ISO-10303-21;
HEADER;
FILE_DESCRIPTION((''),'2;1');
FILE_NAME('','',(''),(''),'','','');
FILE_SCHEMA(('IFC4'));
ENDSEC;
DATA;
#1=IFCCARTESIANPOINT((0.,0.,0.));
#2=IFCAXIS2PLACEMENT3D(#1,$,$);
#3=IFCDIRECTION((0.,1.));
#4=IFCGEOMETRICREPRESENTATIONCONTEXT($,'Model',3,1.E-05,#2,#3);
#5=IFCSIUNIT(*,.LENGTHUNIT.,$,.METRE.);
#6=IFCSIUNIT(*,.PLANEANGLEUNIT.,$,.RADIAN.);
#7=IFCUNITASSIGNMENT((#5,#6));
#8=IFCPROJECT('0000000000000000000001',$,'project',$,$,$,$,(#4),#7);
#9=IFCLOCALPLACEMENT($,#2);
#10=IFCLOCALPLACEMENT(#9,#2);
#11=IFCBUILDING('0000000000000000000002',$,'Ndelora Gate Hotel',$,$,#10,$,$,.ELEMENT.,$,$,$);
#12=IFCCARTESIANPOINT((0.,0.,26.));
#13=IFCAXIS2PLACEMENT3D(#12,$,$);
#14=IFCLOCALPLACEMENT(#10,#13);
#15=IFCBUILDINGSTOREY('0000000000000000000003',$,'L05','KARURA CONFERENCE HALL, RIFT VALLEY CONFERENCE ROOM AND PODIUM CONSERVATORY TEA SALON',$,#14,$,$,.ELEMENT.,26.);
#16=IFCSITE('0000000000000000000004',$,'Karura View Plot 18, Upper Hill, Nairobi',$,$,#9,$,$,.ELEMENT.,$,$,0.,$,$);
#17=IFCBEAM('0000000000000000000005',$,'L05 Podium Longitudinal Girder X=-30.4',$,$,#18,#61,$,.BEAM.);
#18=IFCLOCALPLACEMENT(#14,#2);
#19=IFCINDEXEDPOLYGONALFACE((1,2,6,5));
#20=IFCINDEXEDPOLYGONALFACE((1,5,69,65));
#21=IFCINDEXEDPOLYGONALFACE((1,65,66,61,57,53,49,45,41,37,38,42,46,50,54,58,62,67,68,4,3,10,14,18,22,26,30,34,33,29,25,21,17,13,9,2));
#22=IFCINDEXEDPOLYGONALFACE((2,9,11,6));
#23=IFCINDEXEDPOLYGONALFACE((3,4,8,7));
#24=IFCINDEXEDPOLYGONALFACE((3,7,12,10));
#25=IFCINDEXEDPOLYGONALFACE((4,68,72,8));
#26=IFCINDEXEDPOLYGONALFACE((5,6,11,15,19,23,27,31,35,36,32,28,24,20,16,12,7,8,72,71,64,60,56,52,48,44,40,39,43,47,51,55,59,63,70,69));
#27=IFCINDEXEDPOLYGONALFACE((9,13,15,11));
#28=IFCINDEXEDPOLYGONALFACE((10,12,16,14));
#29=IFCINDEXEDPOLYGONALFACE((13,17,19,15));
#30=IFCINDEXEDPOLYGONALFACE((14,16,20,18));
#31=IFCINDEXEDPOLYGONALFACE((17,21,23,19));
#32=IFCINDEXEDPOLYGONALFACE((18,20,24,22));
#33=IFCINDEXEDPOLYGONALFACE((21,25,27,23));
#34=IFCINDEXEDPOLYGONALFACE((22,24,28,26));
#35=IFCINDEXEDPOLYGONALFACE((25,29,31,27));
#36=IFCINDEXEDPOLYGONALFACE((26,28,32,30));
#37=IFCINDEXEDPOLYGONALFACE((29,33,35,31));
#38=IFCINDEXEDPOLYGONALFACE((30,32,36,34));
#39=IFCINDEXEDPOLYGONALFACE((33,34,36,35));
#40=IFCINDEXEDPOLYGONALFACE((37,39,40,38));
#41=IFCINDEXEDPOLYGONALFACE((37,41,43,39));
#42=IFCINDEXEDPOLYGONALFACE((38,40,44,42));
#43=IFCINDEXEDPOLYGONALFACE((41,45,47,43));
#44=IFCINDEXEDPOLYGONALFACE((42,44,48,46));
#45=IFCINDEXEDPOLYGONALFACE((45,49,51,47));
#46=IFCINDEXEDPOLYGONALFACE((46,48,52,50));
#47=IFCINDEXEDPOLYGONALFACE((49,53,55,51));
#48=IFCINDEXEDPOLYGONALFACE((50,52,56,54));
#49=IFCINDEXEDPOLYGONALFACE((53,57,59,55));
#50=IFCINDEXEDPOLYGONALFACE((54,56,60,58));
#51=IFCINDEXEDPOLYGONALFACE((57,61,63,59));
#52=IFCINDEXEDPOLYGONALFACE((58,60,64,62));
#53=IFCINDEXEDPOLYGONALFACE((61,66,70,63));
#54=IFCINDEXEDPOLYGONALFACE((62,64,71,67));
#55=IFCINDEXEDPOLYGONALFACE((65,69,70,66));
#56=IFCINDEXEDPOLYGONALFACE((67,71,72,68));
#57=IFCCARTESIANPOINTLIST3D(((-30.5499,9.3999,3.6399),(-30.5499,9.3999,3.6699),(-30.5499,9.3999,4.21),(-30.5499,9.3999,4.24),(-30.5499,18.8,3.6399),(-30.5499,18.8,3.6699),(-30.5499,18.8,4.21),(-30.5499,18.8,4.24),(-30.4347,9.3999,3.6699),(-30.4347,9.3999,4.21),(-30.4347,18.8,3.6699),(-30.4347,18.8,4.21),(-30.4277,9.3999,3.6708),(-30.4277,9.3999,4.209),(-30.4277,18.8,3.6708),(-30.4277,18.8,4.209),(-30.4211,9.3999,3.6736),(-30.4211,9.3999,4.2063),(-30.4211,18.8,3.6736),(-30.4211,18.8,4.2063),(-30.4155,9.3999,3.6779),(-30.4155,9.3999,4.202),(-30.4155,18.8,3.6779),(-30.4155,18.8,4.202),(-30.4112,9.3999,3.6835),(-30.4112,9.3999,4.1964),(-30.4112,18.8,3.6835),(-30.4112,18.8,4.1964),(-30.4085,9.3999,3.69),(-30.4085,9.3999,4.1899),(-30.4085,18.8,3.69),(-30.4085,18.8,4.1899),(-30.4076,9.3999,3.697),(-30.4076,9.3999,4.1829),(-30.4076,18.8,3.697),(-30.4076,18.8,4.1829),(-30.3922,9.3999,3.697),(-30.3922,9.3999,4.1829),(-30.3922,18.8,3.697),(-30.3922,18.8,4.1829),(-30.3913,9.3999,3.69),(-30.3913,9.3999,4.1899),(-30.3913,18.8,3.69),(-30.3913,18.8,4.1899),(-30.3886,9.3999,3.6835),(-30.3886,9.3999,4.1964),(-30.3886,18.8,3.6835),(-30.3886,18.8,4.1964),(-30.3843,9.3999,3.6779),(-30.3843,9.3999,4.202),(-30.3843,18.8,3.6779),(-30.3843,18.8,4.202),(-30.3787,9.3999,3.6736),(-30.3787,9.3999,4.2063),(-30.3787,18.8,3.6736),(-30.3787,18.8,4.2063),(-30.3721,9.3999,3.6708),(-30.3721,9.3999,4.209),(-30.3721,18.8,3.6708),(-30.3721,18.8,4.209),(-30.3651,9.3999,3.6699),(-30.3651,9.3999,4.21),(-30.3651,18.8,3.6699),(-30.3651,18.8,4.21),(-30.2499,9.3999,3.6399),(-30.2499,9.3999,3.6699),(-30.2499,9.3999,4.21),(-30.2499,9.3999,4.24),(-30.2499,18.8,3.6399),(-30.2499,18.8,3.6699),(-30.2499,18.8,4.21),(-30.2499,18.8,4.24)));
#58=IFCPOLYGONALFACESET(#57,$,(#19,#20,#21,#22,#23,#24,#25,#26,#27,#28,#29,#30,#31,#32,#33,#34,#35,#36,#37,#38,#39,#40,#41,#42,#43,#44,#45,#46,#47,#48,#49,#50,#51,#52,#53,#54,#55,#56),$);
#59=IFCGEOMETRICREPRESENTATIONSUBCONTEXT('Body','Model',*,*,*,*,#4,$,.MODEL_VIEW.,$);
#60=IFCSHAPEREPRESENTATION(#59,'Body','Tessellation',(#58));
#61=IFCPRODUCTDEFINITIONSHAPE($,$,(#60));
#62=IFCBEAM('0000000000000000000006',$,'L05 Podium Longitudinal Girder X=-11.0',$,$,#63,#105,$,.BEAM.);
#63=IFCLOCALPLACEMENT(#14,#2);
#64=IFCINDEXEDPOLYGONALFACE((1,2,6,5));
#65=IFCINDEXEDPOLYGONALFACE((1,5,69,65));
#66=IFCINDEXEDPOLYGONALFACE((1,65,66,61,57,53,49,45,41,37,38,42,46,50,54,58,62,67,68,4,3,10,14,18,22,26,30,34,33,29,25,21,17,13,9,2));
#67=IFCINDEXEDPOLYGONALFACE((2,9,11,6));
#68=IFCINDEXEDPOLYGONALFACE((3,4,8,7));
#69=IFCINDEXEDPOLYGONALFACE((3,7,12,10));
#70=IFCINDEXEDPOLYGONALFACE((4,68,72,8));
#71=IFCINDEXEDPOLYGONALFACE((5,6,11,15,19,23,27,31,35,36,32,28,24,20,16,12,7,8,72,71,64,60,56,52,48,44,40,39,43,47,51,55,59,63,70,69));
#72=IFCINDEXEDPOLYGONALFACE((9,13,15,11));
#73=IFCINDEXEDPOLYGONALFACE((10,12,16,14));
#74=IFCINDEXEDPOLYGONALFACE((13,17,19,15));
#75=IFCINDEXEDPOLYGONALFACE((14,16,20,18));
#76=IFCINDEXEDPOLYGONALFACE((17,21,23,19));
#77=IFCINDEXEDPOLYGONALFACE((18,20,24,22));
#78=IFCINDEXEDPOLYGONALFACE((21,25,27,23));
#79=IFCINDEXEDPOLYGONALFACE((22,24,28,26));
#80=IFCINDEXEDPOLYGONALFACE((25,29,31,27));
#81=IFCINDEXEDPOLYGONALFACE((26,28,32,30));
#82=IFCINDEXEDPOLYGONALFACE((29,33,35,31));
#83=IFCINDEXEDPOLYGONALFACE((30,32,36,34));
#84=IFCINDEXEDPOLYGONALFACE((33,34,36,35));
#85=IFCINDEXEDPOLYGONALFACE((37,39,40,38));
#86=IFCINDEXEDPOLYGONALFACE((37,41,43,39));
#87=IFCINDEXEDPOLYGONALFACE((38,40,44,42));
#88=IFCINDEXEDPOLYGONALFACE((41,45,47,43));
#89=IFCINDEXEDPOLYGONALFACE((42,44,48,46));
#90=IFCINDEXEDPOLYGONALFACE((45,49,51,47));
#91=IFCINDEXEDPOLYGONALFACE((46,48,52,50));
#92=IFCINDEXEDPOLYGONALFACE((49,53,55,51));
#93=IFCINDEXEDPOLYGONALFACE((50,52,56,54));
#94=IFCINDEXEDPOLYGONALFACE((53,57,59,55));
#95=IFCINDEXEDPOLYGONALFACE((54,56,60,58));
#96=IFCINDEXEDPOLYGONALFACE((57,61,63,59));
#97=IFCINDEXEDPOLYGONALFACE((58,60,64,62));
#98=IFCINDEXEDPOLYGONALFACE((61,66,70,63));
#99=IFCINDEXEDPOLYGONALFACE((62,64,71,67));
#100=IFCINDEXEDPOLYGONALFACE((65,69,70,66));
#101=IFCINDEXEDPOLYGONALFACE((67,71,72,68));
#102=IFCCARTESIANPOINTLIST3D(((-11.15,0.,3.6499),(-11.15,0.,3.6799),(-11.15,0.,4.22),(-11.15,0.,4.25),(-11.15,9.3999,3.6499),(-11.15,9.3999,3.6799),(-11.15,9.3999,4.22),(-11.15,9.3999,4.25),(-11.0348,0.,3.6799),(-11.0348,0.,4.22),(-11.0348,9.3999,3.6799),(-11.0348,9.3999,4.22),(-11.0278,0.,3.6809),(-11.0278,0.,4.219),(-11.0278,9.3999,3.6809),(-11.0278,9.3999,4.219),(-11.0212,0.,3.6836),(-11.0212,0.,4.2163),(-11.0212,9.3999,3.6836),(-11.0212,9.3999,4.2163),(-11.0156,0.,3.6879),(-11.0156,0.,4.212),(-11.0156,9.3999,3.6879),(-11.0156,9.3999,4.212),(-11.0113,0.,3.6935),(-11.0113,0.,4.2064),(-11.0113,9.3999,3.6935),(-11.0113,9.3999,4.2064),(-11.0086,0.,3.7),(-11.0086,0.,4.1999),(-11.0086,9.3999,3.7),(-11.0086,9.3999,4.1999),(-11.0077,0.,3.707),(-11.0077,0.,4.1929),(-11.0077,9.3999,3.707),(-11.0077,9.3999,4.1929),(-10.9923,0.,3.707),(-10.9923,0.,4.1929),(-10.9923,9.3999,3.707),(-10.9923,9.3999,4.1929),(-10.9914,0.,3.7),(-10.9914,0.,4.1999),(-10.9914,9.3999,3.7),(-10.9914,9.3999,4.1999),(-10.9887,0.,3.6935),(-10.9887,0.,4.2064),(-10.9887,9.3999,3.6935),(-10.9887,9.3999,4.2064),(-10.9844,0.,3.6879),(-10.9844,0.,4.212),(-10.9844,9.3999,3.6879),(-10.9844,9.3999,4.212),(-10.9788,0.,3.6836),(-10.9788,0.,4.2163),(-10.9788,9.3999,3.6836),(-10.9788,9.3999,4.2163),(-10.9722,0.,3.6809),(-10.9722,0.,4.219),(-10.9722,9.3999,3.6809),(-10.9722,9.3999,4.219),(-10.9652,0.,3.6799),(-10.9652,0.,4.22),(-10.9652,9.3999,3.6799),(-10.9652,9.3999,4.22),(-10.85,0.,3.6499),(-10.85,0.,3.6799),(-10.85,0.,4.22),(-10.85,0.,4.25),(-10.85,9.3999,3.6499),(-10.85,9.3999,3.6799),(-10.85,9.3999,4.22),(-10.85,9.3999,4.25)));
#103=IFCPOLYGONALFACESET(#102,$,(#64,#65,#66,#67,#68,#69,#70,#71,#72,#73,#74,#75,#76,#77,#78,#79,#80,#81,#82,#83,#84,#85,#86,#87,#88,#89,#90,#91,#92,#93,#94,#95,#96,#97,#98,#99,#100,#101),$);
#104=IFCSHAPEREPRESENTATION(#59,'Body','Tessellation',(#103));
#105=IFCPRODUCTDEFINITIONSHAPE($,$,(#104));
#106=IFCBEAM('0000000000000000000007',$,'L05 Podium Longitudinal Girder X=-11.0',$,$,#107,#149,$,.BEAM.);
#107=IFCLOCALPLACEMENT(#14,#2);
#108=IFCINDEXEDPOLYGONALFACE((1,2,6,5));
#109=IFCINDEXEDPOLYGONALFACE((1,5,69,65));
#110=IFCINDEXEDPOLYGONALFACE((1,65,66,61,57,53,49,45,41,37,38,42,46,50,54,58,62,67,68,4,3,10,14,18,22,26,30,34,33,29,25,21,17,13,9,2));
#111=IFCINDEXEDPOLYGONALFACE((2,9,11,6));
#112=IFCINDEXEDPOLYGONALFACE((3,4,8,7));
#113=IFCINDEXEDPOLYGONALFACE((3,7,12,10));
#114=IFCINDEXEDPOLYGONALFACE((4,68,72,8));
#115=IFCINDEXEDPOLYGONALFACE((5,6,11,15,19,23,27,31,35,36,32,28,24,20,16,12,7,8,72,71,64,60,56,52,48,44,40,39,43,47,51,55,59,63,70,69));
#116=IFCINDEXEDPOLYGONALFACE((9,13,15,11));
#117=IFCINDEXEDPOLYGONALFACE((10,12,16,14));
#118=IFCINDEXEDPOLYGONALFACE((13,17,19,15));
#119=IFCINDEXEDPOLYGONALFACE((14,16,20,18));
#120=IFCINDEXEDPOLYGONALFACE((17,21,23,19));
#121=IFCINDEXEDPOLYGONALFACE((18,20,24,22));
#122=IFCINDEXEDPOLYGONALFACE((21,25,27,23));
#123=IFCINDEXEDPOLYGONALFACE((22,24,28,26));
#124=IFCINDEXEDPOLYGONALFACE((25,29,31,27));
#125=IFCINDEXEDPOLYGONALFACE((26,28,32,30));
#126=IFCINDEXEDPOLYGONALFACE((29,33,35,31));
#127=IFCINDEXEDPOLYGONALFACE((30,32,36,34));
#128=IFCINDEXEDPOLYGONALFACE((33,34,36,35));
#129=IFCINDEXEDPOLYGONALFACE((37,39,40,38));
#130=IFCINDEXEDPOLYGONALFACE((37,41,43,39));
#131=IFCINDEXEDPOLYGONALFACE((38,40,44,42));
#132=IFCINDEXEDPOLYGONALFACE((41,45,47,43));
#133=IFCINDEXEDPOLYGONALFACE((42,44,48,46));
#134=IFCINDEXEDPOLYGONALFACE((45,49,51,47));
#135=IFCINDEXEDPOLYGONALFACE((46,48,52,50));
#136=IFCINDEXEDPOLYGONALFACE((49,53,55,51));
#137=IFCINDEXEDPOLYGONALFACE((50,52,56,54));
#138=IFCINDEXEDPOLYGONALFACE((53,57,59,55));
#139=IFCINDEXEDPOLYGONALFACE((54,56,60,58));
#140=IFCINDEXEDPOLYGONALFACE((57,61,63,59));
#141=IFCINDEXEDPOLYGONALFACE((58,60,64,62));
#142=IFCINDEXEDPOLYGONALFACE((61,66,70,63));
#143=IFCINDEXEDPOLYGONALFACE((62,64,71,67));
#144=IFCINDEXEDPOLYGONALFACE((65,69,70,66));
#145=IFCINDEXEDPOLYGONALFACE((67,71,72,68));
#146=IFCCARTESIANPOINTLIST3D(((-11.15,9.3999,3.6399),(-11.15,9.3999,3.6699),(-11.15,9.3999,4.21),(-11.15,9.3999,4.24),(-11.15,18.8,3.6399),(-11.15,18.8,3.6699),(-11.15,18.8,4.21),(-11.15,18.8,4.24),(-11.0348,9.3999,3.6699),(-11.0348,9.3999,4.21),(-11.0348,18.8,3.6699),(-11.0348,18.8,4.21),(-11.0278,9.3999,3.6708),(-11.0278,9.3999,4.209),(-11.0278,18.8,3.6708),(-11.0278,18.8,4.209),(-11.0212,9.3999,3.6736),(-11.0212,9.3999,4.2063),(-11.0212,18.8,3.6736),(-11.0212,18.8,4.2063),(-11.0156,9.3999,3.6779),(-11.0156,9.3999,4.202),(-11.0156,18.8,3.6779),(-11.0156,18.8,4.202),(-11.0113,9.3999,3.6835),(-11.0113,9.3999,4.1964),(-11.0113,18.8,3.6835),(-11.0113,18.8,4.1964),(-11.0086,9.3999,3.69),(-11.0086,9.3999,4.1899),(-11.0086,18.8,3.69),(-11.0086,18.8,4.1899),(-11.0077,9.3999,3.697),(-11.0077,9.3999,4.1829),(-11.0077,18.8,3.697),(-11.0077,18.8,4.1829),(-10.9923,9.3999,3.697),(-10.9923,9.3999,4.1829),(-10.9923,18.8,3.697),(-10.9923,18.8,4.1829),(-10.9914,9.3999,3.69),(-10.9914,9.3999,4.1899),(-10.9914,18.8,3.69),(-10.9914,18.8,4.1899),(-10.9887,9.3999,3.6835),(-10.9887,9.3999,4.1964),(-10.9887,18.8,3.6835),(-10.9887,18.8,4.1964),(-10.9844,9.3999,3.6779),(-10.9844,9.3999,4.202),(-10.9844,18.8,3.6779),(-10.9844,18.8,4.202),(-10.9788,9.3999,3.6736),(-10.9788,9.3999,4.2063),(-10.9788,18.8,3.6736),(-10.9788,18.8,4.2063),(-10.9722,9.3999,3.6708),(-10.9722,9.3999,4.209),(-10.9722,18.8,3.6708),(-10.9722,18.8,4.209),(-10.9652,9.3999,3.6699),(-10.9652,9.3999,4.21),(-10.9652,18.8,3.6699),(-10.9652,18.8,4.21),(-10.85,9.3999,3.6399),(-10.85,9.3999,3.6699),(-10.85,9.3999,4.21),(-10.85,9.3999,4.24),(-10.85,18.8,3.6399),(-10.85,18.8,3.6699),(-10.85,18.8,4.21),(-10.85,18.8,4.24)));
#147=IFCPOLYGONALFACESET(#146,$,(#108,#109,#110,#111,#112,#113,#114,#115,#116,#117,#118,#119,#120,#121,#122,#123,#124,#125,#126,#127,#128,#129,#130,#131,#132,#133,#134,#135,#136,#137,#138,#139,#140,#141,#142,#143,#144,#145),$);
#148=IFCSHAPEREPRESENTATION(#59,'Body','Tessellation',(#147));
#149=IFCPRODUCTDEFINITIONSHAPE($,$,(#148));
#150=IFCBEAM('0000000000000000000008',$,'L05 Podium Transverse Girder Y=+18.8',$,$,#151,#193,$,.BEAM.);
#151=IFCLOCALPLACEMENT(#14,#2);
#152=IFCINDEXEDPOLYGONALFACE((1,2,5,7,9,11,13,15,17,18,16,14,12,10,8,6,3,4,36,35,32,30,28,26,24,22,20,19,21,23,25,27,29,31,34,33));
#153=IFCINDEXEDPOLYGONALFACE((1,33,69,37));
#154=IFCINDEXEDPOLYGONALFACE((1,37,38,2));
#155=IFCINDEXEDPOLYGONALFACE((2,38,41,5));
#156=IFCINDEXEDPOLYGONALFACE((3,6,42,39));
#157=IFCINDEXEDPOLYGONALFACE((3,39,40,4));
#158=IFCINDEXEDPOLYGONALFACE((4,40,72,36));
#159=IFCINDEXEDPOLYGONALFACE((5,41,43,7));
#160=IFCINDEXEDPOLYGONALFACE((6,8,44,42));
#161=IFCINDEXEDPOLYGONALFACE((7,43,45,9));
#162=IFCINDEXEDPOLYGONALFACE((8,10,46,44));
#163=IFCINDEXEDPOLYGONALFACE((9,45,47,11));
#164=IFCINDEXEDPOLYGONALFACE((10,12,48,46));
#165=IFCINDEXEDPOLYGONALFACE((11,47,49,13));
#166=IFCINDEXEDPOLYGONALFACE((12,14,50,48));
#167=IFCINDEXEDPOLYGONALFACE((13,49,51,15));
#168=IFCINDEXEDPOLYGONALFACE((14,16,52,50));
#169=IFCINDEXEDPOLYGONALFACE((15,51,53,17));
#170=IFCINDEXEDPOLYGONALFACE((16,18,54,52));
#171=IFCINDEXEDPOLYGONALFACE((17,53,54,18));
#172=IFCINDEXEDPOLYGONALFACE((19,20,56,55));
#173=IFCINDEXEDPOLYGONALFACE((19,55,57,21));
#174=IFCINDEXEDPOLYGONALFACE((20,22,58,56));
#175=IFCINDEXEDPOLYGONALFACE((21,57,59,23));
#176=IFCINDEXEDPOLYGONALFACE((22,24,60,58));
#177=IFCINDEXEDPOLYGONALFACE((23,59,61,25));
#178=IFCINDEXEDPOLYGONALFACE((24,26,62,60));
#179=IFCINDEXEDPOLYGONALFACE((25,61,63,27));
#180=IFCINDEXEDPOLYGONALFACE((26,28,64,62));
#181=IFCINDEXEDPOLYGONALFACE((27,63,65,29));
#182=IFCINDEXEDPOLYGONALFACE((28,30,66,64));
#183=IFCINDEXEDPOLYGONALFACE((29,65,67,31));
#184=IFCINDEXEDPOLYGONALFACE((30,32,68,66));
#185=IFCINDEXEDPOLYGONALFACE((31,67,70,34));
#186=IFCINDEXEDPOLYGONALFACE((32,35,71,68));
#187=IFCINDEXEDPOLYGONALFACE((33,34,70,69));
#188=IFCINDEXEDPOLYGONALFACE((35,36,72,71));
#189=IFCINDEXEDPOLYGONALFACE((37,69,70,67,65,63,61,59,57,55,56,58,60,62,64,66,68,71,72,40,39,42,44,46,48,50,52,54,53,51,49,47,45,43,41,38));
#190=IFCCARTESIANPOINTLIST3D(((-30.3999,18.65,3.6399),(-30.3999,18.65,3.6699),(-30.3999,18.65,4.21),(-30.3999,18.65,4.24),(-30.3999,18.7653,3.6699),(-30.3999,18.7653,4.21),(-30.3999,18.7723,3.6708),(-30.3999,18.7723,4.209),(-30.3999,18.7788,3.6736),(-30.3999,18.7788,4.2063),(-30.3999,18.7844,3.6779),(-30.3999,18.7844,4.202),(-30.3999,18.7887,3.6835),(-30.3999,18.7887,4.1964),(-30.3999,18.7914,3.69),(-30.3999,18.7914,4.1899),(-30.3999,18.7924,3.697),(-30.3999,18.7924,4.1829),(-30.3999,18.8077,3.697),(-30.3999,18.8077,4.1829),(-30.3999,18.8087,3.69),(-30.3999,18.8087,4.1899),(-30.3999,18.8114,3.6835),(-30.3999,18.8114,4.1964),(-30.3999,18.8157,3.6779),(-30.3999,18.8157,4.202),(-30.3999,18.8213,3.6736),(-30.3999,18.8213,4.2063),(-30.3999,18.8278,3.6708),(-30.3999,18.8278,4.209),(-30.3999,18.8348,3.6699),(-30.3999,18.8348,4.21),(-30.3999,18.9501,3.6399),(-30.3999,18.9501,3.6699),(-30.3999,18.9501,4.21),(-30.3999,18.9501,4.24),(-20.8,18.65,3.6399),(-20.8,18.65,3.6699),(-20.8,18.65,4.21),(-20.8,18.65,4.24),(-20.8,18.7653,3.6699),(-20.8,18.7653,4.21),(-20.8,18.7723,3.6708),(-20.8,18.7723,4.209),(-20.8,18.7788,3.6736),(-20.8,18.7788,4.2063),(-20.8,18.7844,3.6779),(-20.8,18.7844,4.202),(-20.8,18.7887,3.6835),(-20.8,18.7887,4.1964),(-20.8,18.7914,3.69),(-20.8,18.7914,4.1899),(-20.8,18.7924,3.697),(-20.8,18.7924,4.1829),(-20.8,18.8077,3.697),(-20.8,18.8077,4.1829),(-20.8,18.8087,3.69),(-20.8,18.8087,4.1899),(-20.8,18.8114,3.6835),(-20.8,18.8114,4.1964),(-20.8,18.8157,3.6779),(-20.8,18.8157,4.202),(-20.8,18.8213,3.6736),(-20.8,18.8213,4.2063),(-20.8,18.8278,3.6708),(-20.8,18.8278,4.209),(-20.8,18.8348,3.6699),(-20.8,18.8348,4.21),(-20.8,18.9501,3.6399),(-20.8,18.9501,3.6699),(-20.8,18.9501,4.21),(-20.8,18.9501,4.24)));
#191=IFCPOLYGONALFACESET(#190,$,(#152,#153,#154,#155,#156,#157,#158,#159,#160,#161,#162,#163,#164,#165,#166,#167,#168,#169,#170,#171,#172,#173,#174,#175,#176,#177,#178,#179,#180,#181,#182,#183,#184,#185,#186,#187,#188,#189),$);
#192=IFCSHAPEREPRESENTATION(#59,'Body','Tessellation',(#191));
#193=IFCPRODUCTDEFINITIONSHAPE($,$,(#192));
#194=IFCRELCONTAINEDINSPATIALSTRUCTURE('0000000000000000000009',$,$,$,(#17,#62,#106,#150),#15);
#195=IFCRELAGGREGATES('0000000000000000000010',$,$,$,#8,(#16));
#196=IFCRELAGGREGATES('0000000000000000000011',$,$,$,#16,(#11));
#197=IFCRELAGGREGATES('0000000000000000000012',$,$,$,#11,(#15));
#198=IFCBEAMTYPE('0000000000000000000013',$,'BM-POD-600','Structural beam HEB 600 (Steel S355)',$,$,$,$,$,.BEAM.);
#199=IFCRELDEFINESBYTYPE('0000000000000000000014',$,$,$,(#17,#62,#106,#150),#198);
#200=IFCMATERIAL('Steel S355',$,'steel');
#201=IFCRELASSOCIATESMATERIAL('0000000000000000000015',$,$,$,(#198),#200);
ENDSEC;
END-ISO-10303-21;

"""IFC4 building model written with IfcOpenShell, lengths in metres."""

from ifc_helpers import new_model, si_unit, direction, frame, origin, origin_2d, place, context, subcontext, project, spatial, i_section, extrude, material, material_profile, profile_set, type_object, element, save


model = new_model("IFC4")

# Units and contexts
model_context = context("Model", 3, precision=1e-05, world=origin(), true_north=direction((0.0, 1.0)))
body_context = subcontext(model_context, "Body", "Model", "MODEL_VIEW")
ifc_project = project(units=[si_unit("LENGTHUNIT", "METRE"), si_unit("PLANEANGLEUNIT", "RADIAN")], contexts=[model_context])

# Site, building, storey
site_placement = place(None, origin())
site = spatial("IfcSite", under=ifc_project, at=site_placement, Name="Karura View Plot 18, Upper Hill, Nairobi", CompositionType="ELEMENT", RefElevation=0.0)
building_placement = place(site_placement, origin())
building = spatial("IfcBuilding", under=site, at=building_placement, Name="Ndelora Gate Hotel", CompositionType="ELEMENT")
storey_placement = place(building_placement, frame((0.0, 0.0, 26.0)))
storey = spatial("IfcBuildingStorey", under=building, at=storey_placement, Name="L05", Description="KARURA CONFERENCE HALL, RIFT VALLEY CONFERENCE ROOM AND PODIUM CONSERVATORY TEA SALON", CompositionType="ELEMENT", Elevation=26.0)

# Beams
ifc_material_1 = material(Name="Steel S355", Category="steel")
ifc_material_profile_1 = material_profile(ifc_material_1, i_section(OverallWidth=0.3, OverallDepth=0.6001, WebThickness=0.0154, FlangeThickness=0.03, FilletRadius=0.0271, at=origin_2d()), Name="HEB 600")
ifc_profile_set_1 = profile_set([ifc_material_profile_1], Name="Steel S355")
beam_type_1 = type_object("IfcBeamType", Name="BM-POD-600", Description="Structural beam HEB 600 (Steel S355)", PredefinedType="BEAM", material=ifc_profile_set_1)
beam_1_placement = place(storey_placement, frame((-30.3999, 9.3999, 3.9399), z_axis=(0.0, 1.0, 0.0), x_axis=(-1.0, 0.0, 0.0)))
element("IfcBeam", 1, at=beam_1_placement, inside=storey, type_object=beam_type_1, Name="L05 Podium Longitudinal Girder X=-30.4", PredefinedType="BEAM", context=body_context, shape_type="SweptSolid", body=[
    extrude(i_section(OverallWidth=0.3, OverallDepth=0.6001, WebThickness=0.0154, FlangeThickness=0.03, FilletRadius=0.0271, at=origin_2d()), origin(), (0.0, 0.0, 1.0), 9.4001),
])
beam_2_placement = place(storey_placement, frame((-11.0, 0.0, 3.95), z_axis=(0.0, 1.0, 0.0), x_axis=(-1.0, 0.0, 0.0)))
element("IfcBeam", 2, at=beam_2_placement, inside=storey, type_object=beam_type_1, Name="L05 Podium Longitudinal Girder X=-11.0", PredefinedType="BEAM", context=body_context, shape_type="SweptSolid", body=[
    extrude(i_section(OverallWidth=0.3, OverallDepth=0.6001, WebThickness=0.0154, FlangeThickness=0.03, FilletRadius=0.0271, at=origin_2d()), origin(), (0.0, 0.0, 1.0), 9.3999),
])
beam_3_placement = place(storey_placement, frame((-11.0, 9.3999, 3.9399), z_axis=(0.0, 1.0, 0.0), x_axis=(-1.0, 0.0, 0.0)))
element("IfcBeam", 3, at=beam_3_placement, inside=storey, type_object=beam_type_1, Name="L05 Podium Longitudinal Girder X=-11.0", PredefinedType="BEAM", context=body_context, shape_type="SweptSolid", body=[
    extrude(i_section(OverallWidth=0.3, OverallDepth=0.6001, WebThickness=0.0154, FlangeThickness=0.03, FilletRadius=0.0271, at=origin_2d()), origin(), (0.0, 0.0, 1.0), 9.4001),
])
beam_4_placement = place(storey_placement, frame((-30.3999, 18.8, 3.9399), z_axis=(1.0, 0.0, 0.0), x_axis=(0.0, 1.0, 0.0)))
element("IfcBeam", 4, at=beam_4_placement, inside=storey, type_object=beam_type_1, Name="L05 Podium Transverse Girder Y=+18.8", PredefinedType="BEAM", context=body_context, shape_type="SweptSolid", body=[
    extrude(i_section(OverallWidth=0.3, OverallDepth=0.6001, WebThickness=0.0154, FlangeThickness=0.03, FilletRadius=0.0271, at=origin_2d()), origin(), (0.0, 0.0, 1.0), 9.5999),
])

save(model, "model.ifc")
